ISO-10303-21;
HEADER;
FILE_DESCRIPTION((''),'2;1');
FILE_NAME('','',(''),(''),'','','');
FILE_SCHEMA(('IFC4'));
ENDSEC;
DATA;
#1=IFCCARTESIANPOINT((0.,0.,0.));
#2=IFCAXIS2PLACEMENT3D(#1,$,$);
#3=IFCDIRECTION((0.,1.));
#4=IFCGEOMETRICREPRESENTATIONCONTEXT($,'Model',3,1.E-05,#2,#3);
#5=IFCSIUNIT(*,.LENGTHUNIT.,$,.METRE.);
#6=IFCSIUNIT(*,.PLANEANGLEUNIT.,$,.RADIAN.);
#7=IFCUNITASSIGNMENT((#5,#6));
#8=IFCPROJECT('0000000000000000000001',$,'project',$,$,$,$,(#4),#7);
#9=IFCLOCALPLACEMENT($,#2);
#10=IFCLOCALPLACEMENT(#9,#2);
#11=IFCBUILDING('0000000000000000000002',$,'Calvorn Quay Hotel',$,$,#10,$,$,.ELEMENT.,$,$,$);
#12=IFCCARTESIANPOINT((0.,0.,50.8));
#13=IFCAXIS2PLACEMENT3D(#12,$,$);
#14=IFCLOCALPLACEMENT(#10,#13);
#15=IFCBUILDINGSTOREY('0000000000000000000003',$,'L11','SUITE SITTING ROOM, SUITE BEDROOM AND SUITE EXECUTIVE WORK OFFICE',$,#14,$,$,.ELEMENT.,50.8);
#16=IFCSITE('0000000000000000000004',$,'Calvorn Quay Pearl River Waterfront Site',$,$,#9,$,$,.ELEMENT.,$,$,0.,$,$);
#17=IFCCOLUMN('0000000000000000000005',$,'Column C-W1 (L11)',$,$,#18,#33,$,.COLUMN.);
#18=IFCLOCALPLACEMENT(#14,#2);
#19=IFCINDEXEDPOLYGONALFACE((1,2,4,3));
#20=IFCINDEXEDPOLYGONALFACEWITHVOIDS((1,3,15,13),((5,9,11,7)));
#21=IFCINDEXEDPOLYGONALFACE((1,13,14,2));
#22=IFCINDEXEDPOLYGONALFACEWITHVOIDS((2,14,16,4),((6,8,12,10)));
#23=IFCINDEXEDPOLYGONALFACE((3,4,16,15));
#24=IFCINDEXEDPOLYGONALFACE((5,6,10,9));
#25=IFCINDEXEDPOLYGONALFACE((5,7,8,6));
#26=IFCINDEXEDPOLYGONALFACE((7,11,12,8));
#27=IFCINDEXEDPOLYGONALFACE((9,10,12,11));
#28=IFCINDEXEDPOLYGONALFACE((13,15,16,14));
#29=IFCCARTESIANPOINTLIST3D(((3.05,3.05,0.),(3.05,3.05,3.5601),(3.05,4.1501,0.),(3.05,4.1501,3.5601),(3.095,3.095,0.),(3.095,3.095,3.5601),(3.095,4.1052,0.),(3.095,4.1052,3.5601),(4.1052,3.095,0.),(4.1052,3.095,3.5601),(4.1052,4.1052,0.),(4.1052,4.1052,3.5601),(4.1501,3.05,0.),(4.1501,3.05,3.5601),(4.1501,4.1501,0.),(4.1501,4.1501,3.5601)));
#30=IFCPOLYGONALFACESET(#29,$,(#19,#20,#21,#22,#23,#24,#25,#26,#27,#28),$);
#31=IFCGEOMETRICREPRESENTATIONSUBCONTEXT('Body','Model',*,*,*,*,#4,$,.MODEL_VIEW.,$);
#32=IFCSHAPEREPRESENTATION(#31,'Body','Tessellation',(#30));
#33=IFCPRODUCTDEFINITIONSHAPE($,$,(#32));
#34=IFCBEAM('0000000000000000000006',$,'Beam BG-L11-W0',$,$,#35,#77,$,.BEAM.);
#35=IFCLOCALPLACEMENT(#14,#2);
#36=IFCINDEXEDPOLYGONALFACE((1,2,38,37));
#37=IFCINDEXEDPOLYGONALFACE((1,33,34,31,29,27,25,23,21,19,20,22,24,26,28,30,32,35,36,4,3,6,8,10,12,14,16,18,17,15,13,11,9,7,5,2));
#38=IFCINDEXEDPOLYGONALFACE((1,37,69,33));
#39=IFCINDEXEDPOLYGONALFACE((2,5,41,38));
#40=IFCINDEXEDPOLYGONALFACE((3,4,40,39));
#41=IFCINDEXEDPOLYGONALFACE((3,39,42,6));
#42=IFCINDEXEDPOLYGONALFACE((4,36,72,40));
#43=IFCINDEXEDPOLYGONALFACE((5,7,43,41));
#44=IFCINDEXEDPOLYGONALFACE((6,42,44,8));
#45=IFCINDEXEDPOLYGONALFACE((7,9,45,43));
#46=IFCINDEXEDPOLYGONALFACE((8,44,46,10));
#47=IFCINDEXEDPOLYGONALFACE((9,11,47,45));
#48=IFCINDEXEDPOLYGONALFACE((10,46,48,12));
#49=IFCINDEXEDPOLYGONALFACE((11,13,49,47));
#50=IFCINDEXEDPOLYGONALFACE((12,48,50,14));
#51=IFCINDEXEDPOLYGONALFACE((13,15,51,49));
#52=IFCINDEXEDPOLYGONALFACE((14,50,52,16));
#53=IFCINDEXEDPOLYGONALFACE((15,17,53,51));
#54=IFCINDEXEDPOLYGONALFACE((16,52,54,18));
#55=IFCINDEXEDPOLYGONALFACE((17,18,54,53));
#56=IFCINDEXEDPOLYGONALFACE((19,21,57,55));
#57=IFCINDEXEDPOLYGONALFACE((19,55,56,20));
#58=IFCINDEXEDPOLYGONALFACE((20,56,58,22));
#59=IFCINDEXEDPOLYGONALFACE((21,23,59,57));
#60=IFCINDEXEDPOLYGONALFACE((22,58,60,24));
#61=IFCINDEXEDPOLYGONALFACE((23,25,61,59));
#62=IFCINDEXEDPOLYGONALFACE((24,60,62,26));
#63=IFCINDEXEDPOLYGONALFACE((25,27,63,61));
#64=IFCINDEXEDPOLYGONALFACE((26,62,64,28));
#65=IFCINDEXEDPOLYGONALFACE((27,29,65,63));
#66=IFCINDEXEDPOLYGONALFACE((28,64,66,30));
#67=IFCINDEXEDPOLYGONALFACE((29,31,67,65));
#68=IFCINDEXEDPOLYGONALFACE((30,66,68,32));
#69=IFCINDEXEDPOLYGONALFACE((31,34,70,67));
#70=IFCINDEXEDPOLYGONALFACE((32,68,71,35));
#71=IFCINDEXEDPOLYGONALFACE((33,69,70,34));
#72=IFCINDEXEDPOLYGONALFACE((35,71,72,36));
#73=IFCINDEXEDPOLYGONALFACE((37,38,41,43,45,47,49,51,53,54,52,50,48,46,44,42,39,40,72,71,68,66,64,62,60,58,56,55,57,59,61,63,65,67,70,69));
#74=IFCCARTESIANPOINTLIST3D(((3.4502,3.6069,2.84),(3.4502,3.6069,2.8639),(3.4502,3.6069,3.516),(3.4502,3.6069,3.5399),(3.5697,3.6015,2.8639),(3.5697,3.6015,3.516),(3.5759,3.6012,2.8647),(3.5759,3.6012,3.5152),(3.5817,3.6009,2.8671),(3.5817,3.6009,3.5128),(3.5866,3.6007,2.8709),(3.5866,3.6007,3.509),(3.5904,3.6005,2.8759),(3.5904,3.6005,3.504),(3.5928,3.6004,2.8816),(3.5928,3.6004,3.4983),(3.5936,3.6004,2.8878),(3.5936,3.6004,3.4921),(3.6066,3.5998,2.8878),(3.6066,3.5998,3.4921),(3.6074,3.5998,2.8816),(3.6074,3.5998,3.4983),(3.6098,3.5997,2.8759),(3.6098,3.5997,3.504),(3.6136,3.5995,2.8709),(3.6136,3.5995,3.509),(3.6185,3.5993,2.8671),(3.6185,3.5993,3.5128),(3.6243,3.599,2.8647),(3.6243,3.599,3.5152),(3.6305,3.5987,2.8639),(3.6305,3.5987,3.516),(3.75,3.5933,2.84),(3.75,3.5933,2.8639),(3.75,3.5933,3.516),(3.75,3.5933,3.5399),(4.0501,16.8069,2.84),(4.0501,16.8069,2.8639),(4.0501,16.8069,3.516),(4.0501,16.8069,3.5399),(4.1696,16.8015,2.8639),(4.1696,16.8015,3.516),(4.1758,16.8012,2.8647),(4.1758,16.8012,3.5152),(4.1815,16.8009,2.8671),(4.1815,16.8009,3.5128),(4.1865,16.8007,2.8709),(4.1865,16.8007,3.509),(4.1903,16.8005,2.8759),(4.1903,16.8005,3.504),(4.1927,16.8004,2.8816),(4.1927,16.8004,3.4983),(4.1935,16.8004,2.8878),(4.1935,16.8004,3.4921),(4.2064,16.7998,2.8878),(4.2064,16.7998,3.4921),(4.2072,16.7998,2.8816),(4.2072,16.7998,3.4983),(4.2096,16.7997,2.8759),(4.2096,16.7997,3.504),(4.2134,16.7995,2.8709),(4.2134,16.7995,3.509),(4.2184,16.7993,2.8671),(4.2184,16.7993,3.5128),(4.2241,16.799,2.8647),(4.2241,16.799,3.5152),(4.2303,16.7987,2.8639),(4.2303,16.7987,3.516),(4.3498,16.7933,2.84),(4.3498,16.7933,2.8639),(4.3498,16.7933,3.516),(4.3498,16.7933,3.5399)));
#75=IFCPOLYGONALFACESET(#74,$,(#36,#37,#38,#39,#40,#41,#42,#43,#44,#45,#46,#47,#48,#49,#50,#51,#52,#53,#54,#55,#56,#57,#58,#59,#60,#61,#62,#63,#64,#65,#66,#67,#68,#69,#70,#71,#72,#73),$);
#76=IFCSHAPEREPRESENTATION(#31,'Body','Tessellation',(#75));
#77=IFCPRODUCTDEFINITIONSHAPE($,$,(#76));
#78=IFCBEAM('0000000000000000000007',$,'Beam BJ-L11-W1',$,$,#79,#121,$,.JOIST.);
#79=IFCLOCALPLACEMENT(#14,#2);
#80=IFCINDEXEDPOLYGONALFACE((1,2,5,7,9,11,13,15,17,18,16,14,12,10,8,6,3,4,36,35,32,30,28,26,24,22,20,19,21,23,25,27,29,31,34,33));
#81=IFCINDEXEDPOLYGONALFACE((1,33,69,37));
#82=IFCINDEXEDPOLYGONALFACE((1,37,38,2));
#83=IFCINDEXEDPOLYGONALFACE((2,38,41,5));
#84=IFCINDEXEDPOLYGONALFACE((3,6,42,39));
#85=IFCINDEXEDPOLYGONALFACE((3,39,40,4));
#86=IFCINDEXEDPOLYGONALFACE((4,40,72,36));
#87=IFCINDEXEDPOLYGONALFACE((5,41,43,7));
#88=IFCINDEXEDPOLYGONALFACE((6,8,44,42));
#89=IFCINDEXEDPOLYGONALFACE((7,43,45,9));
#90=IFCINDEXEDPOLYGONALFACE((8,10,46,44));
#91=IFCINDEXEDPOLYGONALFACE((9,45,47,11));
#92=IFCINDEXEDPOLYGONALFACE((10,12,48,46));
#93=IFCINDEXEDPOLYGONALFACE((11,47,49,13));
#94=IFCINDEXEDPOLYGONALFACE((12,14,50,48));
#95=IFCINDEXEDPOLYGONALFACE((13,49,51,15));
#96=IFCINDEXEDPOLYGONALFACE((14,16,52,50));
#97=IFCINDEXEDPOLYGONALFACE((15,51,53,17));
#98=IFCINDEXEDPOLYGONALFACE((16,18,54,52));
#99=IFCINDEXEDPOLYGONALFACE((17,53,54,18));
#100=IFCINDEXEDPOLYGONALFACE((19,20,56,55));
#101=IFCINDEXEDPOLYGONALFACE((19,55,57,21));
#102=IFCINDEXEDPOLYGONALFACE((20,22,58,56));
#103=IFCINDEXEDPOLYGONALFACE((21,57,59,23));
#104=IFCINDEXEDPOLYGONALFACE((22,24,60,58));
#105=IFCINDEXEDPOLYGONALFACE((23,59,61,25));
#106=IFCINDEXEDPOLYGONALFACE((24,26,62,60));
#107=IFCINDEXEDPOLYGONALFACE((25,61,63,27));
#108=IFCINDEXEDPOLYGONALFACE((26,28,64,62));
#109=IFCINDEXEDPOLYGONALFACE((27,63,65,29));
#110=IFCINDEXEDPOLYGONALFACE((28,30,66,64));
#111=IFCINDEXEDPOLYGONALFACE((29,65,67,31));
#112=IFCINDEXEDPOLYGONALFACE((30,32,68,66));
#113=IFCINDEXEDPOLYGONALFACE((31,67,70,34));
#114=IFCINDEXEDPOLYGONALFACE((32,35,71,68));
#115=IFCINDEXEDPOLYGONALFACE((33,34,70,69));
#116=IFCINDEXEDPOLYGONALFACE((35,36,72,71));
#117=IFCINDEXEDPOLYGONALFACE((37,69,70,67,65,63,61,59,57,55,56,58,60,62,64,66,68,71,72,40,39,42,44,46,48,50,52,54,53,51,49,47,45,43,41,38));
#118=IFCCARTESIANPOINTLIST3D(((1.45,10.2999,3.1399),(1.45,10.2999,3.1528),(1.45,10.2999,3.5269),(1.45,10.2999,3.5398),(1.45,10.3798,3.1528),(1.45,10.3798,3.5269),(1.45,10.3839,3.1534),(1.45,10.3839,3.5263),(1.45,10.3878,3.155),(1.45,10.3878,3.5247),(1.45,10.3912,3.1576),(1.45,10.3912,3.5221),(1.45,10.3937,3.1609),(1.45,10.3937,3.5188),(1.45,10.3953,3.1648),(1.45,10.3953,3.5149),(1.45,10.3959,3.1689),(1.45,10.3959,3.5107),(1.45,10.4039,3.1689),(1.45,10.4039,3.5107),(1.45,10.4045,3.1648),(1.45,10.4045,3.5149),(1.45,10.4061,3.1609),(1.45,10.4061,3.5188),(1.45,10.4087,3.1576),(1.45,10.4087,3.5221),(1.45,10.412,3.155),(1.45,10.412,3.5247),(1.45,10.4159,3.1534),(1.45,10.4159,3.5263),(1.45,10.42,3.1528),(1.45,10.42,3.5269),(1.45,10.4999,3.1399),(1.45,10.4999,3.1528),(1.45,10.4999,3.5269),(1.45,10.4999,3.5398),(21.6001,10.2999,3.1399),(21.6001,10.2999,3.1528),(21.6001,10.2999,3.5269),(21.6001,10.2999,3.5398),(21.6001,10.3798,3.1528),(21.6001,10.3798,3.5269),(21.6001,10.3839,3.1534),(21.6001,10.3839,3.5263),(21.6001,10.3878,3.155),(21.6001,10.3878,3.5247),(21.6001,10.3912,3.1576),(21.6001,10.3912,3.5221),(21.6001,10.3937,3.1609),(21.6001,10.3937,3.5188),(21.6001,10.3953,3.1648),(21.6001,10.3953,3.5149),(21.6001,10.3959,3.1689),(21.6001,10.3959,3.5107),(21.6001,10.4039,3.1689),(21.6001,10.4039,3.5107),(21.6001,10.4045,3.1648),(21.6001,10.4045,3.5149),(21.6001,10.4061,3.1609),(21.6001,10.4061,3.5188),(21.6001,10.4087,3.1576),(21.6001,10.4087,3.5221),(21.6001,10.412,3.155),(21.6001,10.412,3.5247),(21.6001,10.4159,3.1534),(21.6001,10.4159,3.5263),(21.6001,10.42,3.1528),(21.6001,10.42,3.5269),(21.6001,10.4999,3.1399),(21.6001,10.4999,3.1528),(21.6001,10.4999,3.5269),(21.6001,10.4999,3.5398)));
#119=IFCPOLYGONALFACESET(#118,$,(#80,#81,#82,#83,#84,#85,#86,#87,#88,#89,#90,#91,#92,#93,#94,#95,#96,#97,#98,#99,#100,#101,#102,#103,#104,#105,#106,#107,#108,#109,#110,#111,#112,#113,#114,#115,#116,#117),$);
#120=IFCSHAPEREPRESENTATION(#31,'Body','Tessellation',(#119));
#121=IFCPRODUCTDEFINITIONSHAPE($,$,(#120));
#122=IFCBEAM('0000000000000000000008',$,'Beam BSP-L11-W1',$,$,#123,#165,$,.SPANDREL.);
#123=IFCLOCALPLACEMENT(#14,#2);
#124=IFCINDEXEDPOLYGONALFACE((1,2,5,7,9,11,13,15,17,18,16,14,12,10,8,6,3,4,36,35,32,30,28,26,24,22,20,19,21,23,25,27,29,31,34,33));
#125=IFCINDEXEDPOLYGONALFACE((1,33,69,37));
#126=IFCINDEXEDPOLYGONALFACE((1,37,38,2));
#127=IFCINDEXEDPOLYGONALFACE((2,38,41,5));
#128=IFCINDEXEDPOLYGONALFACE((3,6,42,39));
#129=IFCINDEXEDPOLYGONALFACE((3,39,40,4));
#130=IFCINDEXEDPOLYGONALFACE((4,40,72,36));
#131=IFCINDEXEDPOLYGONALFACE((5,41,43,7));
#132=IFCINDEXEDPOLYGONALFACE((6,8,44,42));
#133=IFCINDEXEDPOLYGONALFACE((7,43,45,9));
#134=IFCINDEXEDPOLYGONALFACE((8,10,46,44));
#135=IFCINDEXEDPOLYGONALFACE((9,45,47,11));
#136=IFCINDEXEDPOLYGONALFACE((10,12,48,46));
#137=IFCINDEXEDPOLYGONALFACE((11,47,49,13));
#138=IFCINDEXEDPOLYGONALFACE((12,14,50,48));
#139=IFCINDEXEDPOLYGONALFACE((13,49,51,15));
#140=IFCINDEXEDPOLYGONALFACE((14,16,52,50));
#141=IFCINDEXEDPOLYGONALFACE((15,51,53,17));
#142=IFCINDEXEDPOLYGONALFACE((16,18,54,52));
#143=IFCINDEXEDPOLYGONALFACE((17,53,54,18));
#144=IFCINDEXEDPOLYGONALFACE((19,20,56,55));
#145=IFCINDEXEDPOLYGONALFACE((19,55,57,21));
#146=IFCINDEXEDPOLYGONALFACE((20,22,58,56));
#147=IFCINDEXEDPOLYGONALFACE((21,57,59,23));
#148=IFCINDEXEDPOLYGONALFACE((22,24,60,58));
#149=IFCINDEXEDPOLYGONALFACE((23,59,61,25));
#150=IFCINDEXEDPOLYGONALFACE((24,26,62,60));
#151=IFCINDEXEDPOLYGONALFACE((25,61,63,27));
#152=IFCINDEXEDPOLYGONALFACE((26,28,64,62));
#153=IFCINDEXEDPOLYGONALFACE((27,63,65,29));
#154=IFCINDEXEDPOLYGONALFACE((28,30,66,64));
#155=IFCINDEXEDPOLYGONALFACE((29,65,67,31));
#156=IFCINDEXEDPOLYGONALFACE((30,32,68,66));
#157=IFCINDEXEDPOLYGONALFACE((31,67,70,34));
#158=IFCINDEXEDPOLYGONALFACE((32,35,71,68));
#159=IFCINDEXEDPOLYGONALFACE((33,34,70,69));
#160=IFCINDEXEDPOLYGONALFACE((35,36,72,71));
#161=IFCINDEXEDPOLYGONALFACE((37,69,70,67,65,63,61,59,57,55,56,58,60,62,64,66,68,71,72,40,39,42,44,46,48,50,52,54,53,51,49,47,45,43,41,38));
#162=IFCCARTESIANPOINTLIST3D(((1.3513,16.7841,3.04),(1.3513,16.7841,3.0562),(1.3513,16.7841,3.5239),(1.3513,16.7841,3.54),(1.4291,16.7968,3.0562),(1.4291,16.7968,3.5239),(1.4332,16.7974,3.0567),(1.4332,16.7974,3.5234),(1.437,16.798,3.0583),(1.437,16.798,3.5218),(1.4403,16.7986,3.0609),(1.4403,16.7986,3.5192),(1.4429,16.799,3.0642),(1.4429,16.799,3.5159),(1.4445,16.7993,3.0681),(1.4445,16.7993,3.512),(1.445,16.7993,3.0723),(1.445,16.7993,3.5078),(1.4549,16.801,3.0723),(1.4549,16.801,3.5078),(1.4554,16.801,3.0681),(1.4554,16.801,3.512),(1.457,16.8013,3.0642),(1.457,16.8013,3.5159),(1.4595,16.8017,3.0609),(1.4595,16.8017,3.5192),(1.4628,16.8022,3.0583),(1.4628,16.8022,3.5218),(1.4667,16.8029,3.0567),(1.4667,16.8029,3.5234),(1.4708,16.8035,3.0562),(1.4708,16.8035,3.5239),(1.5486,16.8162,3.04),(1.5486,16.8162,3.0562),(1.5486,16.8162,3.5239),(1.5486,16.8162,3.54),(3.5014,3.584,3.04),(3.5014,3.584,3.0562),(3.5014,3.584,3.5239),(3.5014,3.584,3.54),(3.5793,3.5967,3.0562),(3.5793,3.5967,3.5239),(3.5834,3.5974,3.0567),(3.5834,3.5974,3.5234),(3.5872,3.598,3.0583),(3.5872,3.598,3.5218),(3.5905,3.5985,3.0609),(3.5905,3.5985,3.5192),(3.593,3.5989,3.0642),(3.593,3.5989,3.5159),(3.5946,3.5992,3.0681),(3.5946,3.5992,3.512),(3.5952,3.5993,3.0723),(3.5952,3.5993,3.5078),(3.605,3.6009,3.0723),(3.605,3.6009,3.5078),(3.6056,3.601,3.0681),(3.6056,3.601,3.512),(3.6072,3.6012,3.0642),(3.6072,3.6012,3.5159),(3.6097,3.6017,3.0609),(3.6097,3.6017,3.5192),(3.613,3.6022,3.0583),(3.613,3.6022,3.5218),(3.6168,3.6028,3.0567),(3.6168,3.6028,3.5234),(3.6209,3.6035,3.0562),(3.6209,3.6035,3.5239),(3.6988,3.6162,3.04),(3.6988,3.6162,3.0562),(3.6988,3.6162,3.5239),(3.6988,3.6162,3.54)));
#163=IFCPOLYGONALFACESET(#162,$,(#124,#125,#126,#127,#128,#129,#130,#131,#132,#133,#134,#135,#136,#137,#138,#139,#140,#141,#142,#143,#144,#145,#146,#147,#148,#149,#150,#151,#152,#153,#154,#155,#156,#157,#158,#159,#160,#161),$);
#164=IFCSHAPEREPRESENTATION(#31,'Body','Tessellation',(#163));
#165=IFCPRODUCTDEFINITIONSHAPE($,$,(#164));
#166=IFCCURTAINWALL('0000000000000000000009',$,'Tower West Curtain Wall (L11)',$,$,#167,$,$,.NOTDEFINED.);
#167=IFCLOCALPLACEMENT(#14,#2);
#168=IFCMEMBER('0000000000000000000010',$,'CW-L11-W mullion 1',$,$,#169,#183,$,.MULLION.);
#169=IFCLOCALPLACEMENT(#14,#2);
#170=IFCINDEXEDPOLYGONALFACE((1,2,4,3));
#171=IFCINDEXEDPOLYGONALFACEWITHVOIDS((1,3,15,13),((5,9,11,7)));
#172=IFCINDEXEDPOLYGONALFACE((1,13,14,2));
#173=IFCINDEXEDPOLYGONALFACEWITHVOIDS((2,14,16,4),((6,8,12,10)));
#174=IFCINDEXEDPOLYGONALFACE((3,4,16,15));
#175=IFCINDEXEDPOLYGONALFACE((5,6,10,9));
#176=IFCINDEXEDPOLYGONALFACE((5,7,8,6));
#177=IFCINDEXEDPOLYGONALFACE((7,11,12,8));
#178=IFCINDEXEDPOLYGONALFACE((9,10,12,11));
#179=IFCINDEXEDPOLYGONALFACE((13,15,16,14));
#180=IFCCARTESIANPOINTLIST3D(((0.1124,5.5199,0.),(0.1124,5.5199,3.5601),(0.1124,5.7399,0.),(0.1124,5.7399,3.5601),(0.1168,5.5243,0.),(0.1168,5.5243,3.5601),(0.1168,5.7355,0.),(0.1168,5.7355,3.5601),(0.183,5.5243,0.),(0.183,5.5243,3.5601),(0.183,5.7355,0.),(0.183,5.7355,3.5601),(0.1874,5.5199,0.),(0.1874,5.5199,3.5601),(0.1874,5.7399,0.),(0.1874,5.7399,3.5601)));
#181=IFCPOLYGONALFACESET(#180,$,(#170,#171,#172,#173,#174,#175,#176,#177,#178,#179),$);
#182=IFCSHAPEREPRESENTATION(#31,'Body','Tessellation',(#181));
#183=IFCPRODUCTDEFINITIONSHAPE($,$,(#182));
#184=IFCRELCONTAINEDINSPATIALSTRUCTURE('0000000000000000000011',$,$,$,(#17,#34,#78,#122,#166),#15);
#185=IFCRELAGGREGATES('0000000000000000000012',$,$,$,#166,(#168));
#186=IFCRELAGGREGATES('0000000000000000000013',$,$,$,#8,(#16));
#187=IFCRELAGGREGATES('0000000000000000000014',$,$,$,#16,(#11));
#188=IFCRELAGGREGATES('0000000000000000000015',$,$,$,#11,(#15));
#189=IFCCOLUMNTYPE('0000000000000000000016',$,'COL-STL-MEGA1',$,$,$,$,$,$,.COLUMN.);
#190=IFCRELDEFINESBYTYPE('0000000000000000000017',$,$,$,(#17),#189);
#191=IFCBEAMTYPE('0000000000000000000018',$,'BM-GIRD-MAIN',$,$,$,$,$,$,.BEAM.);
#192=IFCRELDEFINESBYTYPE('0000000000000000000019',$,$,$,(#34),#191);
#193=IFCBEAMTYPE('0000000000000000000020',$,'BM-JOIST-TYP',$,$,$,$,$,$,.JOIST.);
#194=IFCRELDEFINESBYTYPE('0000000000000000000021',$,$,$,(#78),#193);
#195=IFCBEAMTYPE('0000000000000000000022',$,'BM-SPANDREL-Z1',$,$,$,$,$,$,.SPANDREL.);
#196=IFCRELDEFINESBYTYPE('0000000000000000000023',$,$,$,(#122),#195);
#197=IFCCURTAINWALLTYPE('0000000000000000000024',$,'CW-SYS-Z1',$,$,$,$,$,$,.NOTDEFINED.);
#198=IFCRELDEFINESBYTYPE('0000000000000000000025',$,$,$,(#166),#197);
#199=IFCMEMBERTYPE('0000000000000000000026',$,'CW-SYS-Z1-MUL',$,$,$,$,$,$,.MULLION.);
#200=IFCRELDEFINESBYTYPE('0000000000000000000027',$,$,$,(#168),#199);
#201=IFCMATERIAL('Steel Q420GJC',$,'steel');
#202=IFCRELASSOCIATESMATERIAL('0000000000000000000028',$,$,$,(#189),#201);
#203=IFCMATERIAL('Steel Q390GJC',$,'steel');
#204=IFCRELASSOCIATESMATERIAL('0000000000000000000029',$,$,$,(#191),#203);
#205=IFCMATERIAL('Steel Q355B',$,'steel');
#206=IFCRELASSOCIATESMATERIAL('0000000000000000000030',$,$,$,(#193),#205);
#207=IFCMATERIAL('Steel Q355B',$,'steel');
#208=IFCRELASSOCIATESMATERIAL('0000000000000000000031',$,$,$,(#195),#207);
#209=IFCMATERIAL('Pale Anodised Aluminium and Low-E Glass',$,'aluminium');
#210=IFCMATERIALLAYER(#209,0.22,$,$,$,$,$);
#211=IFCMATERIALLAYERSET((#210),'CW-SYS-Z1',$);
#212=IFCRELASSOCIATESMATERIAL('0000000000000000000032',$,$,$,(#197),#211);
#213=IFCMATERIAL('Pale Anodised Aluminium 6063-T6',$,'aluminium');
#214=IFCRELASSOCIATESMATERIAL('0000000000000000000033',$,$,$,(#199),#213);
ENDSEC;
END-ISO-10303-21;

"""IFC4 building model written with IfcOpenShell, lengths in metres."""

from ifc_helpers import new_model, si_unit, direction, frame, origin, origin_2d, place, context, subcontext, project, spatial, hollow_rectangle, i_section, extrude, material, layer, layer_set, material_profile, profile_set, type_object, element, aggregate, save


model = new_model("IFC4")

# Units and contexts
model_context = context("Model", 3, precision=1e-05, world=origin(), true_north=direction((0.0, 1.0)))
body_context = subcontext(model_context, "Body", "Model", "MODEL_VIEW")
ifc_project = project(units=[si_unit("LENGTHUNIT", "METRE"), si_unit("PLANEANGLEUNIT", "RADIAN")], contexts=[model_context])

# Site, building, storey
site_placement = place(None, origin())
site = spatial("IfcSite", under=ifc_project, at=site_placement, Name="Calvorn Quay Pearl River Waterfront Site", CompositionType="ELEMENT", RefElevation=0.0)
building_placement = place(site_placement, origin())
building = spatial("IfcBuilding", under=site, at=building_placement, Name="Calvorn Quay Hotel", CompositionType="ELEMENT")
storey_placement = place(building_placement, frame((0.0, 0.0, 50.8)))
storey = spatial("IfcBuildingStorey", under=building, at=storey_placement, Name="L11", Description="SUITE SITTING ROOM, SUITE BEDROOM AND SUITE EXECUTIVE WORK OFFICE", CompositionType="ELEMENT", Elevation=50.8)

# Column
ifc_material_1 = material(Name="Steel Q420GJC", Category="steel")
ifc_material_profile_1 = material_profile(ifc_material_1, hollow_rectangle(XDim=1.1001, YDim=1.1001, WallThickness=0.0449, at=origin_2d()), Name="BOX1100x1100x45")
ifc_profile_set_1 = profile_set([ifc_material_profile_1], Name="Steel Q420GJC")
column_type = type_object("IfcColumnType", Name="COL-STL-MEGA1", PredefinedType="COLUMN", material=ifc_profile_set_1)
column_placement = place(storey_placement, frame((3.6001, 3.6001, 0.0), z_axis=(0.0, 0.0, 1.0), x_axis=(1.0, 0.0, 0.0)))
element("IfcColumn", 1, at=column_placement, inside=storey, type_object=column_type, Name="Column C-W1 (L11)", PredefinedType="COLUMN", context=body_context, shape_type="SweptSolid", body=[
    extrude(hollow_rectangle(XDim=1.1001, YDim=1.1001, WallThickness=0.0449, at=origin_2d()), origin(), (0.0, 0.0, 1.0), 3.5601),
])

# Beams
ifc_material_2 = material(Name="Steel Q390GJC", Category="steel")
ifc_material_profile_2 = material_profile(ifc_material_2, i_section(OverallWidth=0.3, OverallDepth=0.7, WebThickness=0.0129, FlangeThickness=0.0239, FilletRadius=0.0239, at=origin_2d()), Name="HN700x300x13x24")
ifc_profile_set_2 = profile_set([ifc_material_profile_2], Name="Steel Q390GJC")
beam_type_1 = type_object("IfcBeamType", Name="BM-GIRD-MAIN", PredefinedType="BEAM", material=ifc_profile_set_2)
beam_1_placement = place(storey_placement, frame((3.6001, 3.6001, 3.1899), z_axis=(0.045397, 0.998969, 0.0), x_axis=(-0.998969, 0.045397, 0.0)))
element("IfcBeam", 2, at=beam_1_placement, inside=storey, type_object=beam_type_1, Name="Beam BG-L11-W0", PredefinedType="BEAM", context=body_context, shape_type="SweptSolid", body=[
    extrude(i_section(OverallWidth=0.3, OverallDepth=0.7, WebThickness=0.0129, FlangeThickness=0.0239, FilletRadius=0.0239, at=origin_2d()), origin(), (0.0, 0.0, 1.0), 13.2136),
])
ifc_material_3 = material(Name="Steel Q355B", Category="steel")
ifc_material_profile_3 = material_profile(ifc_material_3, i_section(OverallWidth=0.2, OverallDepth=0.3999, WebThickness=0.0081, FlangeThickness=0.0129, FilletRadius=0.0161, at=origin_2d()), Name="HN400x200x8x13")
ifc_profile_set_3 = profile_set([ifc_material_profile_3], Name="Steel Q355B")
beam_type_2 = type_object("IfcBeamType", Name="BM-JOIST-TYP", PredefinedType="JOIST", material=ifc_profile_set_3)
beam_2_placement = place(storey_placement, frame((1.45, 10.3999, 3.3398), z_axis=(1.0, 0.0, 0.0), x_axis=(0.0, 1.0, 0.0)))
element("IfcBeam", 3, at=beam_2_placement, inside=storey, type_object=beam_type_2, Name="Beam BJ-L11-W1", PredefinedType="JOIST", context=body_context, shape_type="SweptSolid", body=[
    extrude(i_section(OverallWidth=0.2, OverallDepth=0.3999, WebThickness=0.0081, FlangeThickness=0.0129, FilletRadius=0.0161, at=origin_2d()), origin(), (0.0, 0.0, 1.0), 20.1501),
])
ifc_material_4 = material(Name="Steel Q355B", Category="steel")
ifc_material_profile_4 = material_profile(ifc_material_4, i_section(OverallWidth=0.2, OverallDepth=0.5, WebThickness=0.01, FlangeThickness=0.0161, FilletRadius=0.0161, at=origin_2d()), Name="HN500x200x10x16")
ifc_profile_set_4 = profile_set([ifc_material_profile_4], Name="Steel Q355B")
beam_type_3 = type_object("IfcBeamType", Name="BM-SPANDREL-Z1", PredefinedType="SPANDREL", material=ifc_profile_set_4)
beam_3_placement = place(storey_placement, frame((3.6001, 3.6001, 3.29), z_axis=(-0.160772, 0.986992, 0.0), x_axis=(-0.986992, -0.160772, 0.0)))
element("IfcBeam", 4, at=beam_3_placement, inside=storey, type_object=beam_type_3, Name="Beam BSP-L11-W1", PredefinedType="SPANDREL", context=body_context, shape_type="SweptSolid", body=[
    extrude(i_section(OverallWidth=0.2, OverallDepth=0.5, WebThickness=0.01, FlangeThickness=0.0161, FilletRadius=0.0161, at=origin_2d()), origin(), (0.0, 0.0, 1.0), 13.374),
])

# Curtain wall, member
ifc_material_5 = material(Name="Pale Anodised Aluminium and Low-E Glass", Category="aluminium")
ifc_layer_1 = layer(ifc_material_5, 0.22)
ifc_layer_set_1 = layer_set([ifc_layer_1], Name="CW-SYS-Z1")
curtain_wall_type = type_object("IfcCurtainWallType", Name="CW-SYS-Z1", PredefinedType="NOTDEFINED", material=ifc_layer_set_1)
curtain_wall_placement = place(storey_placement, origin())
curtain_wall = element("IfcCurtainWall", 5, at=curtain_wall_placement, inside=storey, type_object=curtain_wall_type, Name="Tower West Curtain Wall (L11)", PredefinedType="NOTDEFINED")
ifc_material_6 = material(Name="Pale Anodised Aluminium 6063-T6", Category="aluminium")
ifc_material_profile_5 = material_profile(ifc_material_6, hollow_rectangle(XDim=0.075, YDim=0.22, WallThickness=0.0044, at=origin_2d()), Name="ALU-M220x75x4.5")
ifc_profile_set_5 = profile_set([ifc_material_profile_5], Name="Pale Anodised Aluminium 6063-T6")
member_type_1 = type_object("IfcMemberType", Name="CW-SYS-Z1-MUL", PredefinedType="MULLION", material=ifc_profile_set_5)
member_1_placement = place(storey_placement, frame((0.1499, 5.6299, 0.0), z_axis=(0.0, 0.0, 1.0), x_axis=(-1.0, 0.0, 0.0)))
member_1 = element("IfcMember", 6, at=member_1_placement, type_object=member_type_1, Name="CW-L11-W mullion 1", PredefinedType="MULLION", context=body_context, shape_type="SweptSolid", body=[
    extrude(hollow_rectangle(XDim=0.075, YDim=0.22, WallThickness=0.0044, at=origin_2d()), origin(), (0.0, 0.0, 1.0), 3.5601),
])
aggregate(curtain_wall, [member_1])

save(model, "model.ifc")
